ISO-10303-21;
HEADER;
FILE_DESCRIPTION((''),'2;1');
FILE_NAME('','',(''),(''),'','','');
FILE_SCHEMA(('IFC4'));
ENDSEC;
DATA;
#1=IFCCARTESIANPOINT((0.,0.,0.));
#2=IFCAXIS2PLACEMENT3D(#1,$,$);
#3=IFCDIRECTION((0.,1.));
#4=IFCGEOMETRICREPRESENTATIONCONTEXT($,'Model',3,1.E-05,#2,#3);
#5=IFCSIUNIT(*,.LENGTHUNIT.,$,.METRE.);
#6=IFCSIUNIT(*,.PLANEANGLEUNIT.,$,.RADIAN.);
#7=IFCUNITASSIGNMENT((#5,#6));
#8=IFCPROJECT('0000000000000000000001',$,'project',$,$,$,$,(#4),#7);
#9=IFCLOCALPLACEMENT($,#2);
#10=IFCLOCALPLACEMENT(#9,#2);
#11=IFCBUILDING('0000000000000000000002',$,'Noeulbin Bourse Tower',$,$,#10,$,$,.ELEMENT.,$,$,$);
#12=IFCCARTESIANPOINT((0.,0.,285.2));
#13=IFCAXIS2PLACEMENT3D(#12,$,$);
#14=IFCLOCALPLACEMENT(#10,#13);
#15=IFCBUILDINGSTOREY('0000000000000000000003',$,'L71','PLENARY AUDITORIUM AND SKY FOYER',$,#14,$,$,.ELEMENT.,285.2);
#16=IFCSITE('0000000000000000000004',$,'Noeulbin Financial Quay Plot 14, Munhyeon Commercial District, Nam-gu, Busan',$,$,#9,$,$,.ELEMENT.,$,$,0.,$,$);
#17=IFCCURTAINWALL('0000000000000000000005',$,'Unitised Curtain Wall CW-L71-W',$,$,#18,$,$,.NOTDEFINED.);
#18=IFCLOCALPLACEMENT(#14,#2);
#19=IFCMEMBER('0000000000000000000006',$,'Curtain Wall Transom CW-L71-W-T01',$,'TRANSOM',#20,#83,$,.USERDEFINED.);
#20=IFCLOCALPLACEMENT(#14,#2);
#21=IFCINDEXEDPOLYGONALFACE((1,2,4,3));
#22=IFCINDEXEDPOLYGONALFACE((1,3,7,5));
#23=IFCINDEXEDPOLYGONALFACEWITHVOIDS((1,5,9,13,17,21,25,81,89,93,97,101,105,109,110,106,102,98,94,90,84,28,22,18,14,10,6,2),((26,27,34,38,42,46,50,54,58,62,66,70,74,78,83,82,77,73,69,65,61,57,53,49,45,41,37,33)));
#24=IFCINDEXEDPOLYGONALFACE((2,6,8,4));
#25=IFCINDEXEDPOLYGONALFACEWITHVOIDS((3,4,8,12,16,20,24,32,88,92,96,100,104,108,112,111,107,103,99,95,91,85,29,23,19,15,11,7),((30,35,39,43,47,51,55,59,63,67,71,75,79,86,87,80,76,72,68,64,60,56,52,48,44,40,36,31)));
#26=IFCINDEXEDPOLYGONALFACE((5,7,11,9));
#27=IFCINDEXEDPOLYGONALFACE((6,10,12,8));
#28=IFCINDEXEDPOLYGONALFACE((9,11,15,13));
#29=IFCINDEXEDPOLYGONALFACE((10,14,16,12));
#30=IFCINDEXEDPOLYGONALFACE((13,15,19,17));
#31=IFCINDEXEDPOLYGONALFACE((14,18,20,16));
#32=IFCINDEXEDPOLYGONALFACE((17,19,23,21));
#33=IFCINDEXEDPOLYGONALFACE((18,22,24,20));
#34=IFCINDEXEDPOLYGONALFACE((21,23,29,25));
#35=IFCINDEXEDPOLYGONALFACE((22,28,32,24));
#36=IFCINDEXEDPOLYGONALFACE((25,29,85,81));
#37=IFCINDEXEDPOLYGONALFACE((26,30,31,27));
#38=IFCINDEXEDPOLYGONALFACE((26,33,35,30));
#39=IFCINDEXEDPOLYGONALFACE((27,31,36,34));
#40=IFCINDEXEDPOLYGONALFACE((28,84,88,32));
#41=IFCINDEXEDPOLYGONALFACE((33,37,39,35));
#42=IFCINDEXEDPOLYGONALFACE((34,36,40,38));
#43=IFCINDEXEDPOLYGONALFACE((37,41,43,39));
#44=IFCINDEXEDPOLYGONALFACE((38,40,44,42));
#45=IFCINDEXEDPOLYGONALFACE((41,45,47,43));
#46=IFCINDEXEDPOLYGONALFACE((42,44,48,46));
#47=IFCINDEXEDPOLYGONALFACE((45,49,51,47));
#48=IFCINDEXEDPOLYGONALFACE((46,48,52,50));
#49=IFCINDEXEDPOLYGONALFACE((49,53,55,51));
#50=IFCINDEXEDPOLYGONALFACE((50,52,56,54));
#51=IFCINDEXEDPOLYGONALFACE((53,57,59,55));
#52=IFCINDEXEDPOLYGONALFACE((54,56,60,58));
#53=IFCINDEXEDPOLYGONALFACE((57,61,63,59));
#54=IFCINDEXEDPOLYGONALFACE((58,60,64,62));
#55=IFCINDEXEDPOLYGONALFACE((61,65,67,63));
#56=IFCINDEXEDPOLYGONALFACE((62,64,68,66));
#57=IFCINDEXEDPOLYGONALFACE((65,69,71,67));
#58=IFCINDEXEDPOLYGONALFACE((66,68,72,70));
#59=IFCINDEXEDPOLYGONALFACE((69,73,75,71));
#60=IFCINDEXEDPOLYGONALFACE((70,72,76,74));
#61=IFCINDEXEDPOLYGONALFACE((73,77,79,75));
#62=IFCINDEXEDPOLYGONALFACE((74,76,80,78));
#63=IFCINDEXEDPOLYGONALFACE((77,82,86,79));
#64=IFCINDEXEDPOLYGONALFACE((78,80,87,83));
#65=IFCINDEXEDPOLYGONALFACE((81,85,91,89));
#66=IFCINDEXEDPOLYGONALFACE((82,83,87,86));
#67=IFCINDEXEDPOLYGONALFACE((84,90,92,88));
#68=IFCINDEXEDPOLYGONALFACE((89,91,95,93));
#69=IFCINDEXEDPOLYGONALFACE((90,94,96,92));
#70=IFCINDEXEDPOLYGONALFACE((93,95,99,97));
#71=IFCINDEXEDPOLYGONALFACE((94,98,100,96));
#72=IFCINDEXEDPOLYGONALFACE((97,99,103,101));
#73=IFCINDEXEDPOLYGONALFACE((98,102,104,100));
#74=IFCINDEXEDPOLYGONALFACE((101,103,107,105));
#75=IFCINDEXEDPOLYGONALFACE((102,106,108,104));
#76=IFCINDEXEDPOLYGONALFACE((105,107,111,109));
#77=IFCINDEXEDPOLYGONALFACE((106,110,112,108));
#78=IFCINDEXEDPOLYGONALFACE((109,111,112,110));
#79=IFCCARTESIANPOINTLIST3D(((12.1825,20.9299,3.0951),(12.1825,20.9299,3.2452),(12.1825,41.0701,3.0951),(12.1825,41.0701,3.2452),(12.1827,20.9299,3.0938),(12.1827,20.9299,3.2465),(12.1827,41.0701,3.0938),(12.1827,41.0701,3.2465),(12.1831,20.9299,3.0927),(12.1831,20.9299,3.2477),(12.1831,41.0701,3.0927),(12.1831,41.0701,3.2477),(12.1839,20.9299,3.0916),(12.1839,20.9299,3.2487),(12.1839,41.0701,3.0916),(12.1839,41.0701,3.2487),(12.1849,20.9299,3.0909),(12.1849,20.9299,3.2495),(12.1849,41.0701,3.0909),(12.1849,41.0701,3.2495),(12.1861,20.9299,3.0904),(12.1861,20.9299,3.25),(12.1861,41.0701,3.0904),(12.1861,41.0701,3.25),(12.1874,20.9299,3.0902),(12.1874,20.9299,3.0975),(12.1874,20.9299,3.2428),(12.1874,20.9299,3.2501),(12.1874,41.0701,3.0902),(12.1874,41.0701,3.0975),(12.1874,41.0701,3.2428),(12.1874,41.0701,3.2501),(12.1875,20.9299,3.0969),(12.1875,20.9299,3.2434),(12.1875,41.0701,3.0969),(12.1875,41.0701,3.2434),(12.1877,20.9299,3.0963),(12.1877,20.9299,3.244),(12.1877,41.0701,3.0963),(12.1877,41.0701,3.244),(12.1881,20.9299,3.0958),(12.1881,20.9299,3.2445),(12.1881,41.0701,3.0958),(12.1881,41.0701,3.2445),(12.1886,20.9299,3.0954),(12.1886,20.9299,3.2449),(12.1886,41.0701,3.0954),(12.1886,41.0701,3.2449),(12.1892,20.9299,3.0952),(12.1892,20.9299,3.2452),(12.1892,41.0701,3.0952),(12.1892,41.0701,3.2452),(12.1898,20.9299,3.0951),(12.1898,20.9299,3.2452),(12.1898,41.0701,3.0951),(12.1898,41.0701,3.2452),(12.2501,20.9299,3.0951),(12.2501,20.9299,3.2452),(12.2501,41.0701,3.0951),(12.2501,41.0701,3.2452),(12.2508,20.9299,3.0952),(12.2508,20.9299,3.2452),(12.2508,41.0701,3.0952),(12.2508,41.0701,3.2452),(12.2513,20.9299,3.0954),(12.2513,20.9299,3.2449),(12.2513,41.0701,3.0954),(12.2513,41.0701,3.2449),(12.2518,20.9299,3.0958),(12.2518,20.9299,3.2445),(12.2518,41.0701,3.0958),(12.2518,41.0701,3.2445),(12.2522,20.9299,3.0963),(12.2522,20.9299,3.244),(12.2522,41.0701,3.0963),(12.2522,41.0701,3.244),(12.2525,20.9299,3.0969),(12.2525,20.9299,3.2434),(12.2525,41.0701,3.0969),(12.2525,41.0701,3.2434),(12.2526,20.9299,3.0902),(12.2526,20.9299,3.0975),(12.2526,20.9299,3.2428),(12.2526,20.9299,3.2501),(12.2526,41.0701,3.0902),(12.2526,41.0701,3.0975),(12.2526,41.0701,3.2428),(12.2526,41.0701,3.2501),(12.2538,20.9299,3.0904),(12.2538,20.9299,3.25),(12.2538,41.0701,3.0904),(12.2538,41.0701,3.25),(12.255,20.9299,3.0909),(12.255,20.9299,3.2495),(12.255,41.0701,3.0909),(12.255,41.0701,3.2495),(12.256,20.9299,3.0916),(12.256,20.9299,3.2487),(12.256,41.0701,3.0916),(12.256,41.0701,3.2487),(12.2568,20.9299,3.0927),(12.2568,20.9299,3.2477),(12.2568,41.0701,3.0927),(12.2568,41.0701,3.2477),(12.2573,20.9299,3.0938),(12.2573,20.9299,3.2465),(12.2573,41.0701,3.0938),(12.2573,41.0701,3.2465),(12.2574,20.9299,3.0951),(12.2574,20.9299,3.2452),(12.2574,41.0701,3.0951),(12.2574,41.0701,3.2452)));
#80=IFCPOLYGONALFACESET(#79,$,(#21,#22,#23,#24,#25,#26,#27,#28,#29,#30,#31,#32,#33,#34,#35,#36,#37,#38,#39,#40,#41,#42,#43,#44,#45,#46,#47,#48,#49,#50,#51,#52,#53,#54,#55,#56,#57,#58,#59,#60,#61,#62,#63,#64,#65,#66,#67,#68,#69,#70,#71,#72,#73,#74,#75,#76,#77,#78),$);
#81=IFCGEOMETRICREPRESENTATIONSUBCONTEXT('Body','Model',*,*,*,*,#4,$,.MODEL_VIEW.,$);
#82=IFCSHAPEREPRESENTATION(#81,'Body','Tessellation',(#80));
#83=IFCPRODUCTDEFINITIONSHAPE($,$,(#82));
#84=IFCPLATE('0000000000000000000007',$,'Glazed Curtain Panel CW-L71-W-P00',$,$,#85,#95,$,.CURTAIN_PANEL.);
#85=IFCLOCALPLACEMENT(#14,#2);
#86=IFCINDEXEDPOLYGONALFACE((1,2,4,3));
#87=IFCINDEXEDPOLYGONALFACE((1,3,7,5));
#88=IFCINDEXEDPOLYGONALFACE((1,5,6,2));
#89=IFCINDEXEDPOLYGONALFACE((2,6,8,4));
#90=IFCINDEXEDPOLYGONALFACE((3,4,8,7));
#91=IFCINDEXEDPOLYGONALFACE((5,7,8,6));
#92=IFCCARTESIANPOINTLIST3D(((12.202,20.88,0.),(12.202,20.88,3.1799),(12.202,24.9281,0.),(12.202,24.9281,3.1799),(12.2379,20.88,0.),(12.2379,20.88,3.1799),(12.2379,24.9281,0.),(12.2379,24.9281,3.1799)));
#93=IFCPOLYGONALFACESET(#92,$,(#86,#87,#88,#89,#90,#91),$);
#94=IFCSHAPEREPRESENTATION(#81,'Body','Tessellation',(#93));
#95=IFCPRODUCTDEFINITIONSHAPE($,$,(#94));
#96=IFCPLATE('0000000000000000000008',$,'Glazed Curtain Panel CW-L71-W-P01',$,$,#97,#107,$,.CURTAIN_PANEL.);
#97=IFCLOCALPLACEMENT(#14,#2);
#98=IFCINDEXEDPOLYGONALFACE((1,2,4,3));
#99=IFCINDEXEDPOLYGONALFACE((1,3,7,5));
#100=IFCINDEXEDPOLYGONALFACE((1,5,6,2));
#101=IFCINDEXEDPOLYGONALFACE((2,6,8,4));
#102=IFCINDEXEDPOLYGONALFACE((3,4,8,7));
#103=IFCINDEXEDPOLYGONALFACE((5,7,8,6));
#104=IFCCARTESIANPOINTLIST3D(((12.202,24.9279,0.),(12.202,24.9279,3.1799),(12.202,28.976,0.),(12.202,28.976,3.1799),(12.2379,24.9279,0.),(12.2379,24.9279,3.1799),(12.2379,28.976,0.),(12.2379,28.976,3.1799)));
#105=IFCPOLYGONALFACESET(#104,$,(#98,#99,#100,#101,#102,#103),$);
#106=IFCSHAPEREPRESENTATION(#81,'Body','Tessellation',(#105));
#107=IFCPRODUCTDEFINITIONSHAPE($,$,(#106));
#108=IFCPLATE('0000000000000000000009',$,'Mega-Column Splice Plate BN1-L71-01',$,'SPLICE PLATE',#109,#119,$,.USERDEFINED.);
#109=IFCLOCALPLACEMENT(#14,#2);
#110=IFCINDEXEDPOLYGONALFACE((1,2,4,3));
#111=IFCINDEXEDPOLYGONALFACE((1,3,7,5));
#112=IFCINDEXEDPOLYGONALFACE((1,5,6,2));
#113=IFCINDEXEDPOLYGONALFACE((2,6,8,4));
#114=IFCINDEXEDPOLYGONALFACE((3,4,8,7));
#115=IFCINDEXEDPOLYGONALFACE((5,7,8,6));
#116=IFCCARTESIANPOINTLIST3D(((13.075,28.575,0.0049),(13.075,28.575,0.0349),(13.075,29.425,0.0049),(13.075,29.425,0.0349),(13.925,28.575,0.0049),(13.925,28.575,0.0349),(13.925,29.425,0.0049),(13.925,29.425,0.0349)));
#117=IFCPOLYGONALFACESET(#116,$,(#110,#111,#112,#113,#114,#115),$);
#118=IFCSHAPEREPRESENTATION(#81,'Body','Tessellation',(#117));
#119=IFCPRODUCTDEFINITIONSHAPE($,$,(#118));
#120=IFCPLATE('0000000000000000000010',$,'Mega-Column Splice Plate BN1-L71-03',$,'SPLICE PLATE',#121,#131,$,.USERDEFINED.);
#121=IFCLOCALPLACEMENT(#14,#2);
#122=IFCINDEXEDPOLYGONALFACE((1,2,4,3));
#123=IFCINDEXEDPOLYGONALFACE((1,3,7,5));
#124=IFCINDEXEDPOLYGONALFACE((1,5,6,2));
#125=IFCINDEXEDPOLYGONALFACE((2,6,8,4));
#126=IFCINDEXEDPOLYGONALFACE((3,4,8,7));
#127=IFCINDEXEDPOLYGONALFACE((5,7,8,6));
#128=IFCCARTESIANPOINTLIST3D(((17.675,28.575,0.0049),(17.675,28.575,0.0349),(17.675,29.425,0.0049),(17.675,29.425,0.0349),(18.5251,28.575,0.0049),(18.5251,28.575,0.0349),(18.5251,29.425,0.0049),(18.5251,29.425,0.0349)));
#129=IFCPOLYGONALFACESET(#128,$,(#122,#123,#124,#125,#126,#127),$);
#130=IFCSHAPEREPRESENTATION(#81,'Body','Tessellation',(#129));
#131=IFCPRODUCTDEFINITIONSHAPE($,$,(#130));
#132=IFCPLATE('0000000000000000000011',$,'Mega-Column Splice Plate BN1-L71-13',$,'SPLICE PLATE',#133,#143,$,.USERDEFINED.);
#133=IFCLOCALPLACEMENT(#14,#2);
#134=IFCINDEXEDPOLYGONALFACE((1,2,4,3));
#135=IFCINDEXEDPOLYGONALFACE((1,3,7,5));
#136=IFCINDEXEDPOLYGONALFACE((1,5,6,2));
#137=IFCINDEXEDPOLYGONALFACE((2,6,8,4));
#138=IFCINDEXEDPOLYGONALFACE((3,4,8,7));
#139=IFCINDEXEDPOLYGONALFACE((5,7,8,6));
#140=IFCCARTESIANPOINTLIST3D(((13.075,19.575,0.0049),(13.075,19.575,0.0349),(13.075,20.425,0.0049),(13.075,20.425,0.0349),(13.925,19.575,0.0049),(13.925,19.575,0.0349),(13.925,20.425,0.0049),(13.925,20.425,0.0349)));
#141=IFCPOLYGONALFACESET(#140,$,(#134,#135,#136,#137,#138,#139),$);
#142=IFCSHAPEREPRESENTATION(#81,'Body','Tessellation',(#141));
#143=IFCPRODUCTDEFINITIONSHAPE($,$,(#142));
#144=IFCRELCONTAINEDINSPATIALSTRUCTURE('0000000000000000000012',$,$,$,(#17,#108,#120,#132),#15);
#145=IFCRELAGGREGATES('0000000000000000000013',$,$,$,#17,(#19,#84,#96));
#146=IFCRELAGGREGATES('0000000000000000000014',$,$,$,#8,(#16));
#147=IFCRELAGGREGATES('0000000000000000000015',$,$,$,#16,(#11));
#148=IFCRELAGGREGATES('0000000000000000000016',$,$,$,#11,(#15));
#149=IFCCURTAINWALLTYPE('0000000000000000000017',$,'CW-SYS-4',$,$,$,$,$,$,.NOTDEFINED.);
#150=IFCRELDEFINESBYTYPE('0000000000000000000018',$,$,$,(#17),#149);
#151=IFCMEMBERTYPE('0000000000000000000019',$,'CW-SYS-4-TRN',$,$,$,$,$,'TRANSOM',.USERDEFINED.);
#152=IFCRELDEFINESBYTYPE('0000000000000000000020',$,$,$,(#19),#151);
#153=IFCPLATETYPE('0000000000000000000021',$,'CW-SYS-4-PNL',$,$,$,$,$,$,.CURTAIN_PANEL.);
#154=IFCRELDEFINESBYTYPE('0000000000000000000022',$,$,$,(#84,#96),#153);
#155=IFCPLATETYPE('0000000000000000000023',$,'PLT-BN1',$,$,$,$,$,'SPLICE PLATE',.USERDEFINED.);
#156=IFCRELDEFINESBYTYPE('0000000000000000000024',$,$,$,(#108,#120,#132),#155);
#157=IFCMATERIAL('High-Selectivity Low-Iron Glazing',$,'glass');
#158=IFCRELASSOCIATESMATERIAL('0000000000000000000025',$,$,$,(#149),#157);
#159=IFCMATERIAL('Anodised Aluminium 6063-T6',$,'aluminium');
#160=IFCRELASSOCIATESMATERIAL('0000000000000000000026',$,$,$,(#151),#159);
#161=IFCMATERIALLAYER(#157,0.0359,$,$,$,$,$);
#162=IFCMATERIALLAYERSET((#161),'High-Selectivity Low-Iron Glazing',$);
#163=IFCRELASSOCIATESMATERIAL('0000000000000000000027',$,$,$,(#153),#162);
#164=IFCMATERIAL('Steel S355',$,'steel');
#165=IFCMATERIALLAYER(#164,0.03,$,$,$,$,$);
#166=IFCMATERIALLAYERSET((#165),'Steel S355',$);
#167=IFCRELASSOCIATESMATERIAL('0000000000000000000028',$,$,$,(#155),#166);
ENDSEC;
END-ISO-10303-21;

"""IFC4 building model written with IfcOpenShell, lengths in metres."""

from ifc_helpers import new_model, si_unit, direction, frame, origin, origin_2d, place, context, subcontext, project, spatial, rectangle, hollow_rectangle, extrude, material, layer, layer_set, material_profile, profile_set, type_object, element, aggregate, save


model = new_model("IFC4")

# Units and contexts
model_context = context("Model", 3, precision=1e-05, world=origin(), true_north=direction((0.0, 1.0)))
body_context = subcontext(model_context, "Body", "Model", "MODEL_VIEW")
ifc_project = project(units=[si_unit("LENGTHUNIT", "METRE"), si_unit("PLANEANGLEUNIT", "RADIAN")], contexts=[model_context])

# Site, building, storey
site_placement = place(None, origin())
site = spatial("IfcSite", under=ifc_project, at=site_placement, Name="Noeulbin Financial Quay Plot 14, Munhyeon Commercial District, Nam-gu, Busan", CompositionType="ELEMENT", RefElevation=0.0)
building_placement = place(site_placement, origin())
building = spatial("IfcBuilding", under=site, at=building_placement, Name="Noeulbin Bourse Tower", CompositionType="ELEMENT")
storey_placement = place(building_placement, frame((0.0, 0.0, 285.2)))
storey = spatial("IfcBuildingStorey", under=building, at=storey_placement, Name="L71", Description="PLENARY AUDITORIUM AND SKY FOYER", CompositionType="ELEMENT", Elevation=285.2)

# Shared definitions
ifc_material_1 = material(Name="Steel S355", Category="steel")

# Curtain wall, member, plates
ifc_material_2 = material(Name="High-Selectivity Low-Iron Glazing", Category="glass")
curtain_wall_type = type_object("IfcCurtainWallType", Name="CW-SYS-4", PredefinedType="NOTDEFINED", material=ifc_material_2)
curtain_wall_placement = place(storey_placement, origin())
curtain_wall = element("IfcCurtainWall", 1, at=curtain_wall_placement, inside=storey, type_object=curtain_wall_type, Name="Unitised Curtain Wall CW-L71-W", PredefinedType="NOTDEFINED")
ifc_material_3 = material(Name="Anodised Aluminium 6063-T6", Category="aluminium")
ifc_material_profile_1 = material_profile(ifc_material_3, hollow_rectangle(XDim=0.075, YDim=0.1599, WallThickness=0.0049, InnerFilletRadius=0.0024, OuterFilletRadius=0.0049, at=origin_2d()), Name="ALU-TRAN-75x160x5", Category="LoadBearing")
ifc_profile_set_1 = profile_set([ifc_material_profile_1], Name="Anodised Aluminium 6063-T6")
member_type_1 = type_object("IfcMemberType", Name="CW-SYS-4-TRN", ElementType="TRANSOM", PredefinedType="USERDEFINED", material=ifc_profile_set_1)
member_1_placement = place(storey_placement, frame((12.22, 20.9299, 3.1702), z_axis=(0.0, 1.0, 0.0), x_axis=(-1.0, 0.0, 0.0)))
member_1 = element("IfcMember", 2, at=member_1_placement, type_object=member_type_1, Name="Curtain Wall Transom CW-L71-W-T01", ObjectType="TRANSOM", PredefinedType="USERDEFINED", context=body_context, shape_type="SweptSolid", body=[
    extrude(hollow_rectangle(XDim=0.075, YDim=0.1599, WallThickness=0.0049, InnerFilletRadius=0.0024, OuterFilletRadius=0.0049, at=origin_2d()), origin(), (0.0, 0.0, 1.0), 20.1401),
])
ifc_layer_1 = layer(ifc_material_2, 0.0359)
ifc_layer_set_1 = layer_set([ifc_layer_1], Name="High-Selectivity Low-Iron Glazing")
plate_type_1 = type_object("IfcPlateType", Name="CW-SYS-4-PNL", PredefinedType="CURTAIN_PANEL", material=ifc_layer_set_1)
plate_1_placement = place(storey_placement, frame((12.22, 22.9041, 0.0), z_axis=(0.0, 0.0, 1.0), x_axis=(0.0, 1.0, 0.0)))
plate_1 = element("IfcPlate", 3, at=plate_1_placement, type_object=plate_type_1, Name="Glazed Curtain Panel CW-L71-W-P00", PredefinedType="CURTAIN_PANEL", context=body_context, shape_type="SweptSolid", body=[
    extrude(rectangle(XDim=4.0481, YDim=0.0359, at=origin_2d()), origin(), (0.0, 0.0, 1.0), 3.1799),
])
plate_2_placement = place(storey_placement, frame((12.22, 26.9519, 0.0), z_axis=(0.0, 0.0, 1.0), x_axis=(0.0, 1.0, 0.0)))
plate_2 = element("IfcPlate", 4, at=plate_2_placement, type_object=plate_type_1, Name="Glazed Curtain Panel CW-L71-W-P01", PredefinedType="CURTAIN_PANEL", context=body_context, shape_type="SweptSolid", body=[
    extrude(rectangle(XDim=4.0481, YDim=0.0359, at=origin_2d()), origin(), (0.0, 0.0, 1.0), 3.1799),
])
aggregate(curtain_wall, [member_1, plate_1, plate_2])

# Plates
ifc_layer_2 = layer(ifc_material_1, 0.03)
ifc_layer_set_2 = layer_set([ifc_layer_2], Name="Steel S355")
plate_type_2 = type_object("IfcPlateType", Name="PLT-BN1", ElementType="SPLICE PLATE", PredefinedType="USERDEFINED", material=ifc_layer_set_2)
for number, where, z_axis, x_axis, name in (
    (5, (13.5, 29.0, 0.0049), (0.0, 0.0, 1.0), (1.0, 0.0, 0.0), "Mega-Column Splice Plate BN1-L71-01"),
    (6, (18.1001, 29.0, 0.0049), (0.0, 0.0, 1.0), (1.0, 0.0, 0.0), "Mega-Column Splice Plate BN1-L71-03"),
    (7, (13.5, 20.0, 0.0049), (0.0, 0.0, 1.0), (1.0, 0.0, 0.0), "Mega-Column Splice Plate BN1-L71-13"),
):
    element("IfcPlate", number, at=place(storey_placement, frame(where, z_axis=z_axis, x_axis=x_axis)), inside=storey, type_object=plate_type_2, Name=name, ObjectType="SPLICE PLATE", PredefinedType="USERDEFINED", context=body_context, shape_type="SweptSolid", body=[
        extrude(rectangle(XDim=0.8501, YDim=0.8501, at=origin_2d()), origin(), (0.0, 0.0, 1.0), 0.03),
    ])

save(model, "model.ifc")
